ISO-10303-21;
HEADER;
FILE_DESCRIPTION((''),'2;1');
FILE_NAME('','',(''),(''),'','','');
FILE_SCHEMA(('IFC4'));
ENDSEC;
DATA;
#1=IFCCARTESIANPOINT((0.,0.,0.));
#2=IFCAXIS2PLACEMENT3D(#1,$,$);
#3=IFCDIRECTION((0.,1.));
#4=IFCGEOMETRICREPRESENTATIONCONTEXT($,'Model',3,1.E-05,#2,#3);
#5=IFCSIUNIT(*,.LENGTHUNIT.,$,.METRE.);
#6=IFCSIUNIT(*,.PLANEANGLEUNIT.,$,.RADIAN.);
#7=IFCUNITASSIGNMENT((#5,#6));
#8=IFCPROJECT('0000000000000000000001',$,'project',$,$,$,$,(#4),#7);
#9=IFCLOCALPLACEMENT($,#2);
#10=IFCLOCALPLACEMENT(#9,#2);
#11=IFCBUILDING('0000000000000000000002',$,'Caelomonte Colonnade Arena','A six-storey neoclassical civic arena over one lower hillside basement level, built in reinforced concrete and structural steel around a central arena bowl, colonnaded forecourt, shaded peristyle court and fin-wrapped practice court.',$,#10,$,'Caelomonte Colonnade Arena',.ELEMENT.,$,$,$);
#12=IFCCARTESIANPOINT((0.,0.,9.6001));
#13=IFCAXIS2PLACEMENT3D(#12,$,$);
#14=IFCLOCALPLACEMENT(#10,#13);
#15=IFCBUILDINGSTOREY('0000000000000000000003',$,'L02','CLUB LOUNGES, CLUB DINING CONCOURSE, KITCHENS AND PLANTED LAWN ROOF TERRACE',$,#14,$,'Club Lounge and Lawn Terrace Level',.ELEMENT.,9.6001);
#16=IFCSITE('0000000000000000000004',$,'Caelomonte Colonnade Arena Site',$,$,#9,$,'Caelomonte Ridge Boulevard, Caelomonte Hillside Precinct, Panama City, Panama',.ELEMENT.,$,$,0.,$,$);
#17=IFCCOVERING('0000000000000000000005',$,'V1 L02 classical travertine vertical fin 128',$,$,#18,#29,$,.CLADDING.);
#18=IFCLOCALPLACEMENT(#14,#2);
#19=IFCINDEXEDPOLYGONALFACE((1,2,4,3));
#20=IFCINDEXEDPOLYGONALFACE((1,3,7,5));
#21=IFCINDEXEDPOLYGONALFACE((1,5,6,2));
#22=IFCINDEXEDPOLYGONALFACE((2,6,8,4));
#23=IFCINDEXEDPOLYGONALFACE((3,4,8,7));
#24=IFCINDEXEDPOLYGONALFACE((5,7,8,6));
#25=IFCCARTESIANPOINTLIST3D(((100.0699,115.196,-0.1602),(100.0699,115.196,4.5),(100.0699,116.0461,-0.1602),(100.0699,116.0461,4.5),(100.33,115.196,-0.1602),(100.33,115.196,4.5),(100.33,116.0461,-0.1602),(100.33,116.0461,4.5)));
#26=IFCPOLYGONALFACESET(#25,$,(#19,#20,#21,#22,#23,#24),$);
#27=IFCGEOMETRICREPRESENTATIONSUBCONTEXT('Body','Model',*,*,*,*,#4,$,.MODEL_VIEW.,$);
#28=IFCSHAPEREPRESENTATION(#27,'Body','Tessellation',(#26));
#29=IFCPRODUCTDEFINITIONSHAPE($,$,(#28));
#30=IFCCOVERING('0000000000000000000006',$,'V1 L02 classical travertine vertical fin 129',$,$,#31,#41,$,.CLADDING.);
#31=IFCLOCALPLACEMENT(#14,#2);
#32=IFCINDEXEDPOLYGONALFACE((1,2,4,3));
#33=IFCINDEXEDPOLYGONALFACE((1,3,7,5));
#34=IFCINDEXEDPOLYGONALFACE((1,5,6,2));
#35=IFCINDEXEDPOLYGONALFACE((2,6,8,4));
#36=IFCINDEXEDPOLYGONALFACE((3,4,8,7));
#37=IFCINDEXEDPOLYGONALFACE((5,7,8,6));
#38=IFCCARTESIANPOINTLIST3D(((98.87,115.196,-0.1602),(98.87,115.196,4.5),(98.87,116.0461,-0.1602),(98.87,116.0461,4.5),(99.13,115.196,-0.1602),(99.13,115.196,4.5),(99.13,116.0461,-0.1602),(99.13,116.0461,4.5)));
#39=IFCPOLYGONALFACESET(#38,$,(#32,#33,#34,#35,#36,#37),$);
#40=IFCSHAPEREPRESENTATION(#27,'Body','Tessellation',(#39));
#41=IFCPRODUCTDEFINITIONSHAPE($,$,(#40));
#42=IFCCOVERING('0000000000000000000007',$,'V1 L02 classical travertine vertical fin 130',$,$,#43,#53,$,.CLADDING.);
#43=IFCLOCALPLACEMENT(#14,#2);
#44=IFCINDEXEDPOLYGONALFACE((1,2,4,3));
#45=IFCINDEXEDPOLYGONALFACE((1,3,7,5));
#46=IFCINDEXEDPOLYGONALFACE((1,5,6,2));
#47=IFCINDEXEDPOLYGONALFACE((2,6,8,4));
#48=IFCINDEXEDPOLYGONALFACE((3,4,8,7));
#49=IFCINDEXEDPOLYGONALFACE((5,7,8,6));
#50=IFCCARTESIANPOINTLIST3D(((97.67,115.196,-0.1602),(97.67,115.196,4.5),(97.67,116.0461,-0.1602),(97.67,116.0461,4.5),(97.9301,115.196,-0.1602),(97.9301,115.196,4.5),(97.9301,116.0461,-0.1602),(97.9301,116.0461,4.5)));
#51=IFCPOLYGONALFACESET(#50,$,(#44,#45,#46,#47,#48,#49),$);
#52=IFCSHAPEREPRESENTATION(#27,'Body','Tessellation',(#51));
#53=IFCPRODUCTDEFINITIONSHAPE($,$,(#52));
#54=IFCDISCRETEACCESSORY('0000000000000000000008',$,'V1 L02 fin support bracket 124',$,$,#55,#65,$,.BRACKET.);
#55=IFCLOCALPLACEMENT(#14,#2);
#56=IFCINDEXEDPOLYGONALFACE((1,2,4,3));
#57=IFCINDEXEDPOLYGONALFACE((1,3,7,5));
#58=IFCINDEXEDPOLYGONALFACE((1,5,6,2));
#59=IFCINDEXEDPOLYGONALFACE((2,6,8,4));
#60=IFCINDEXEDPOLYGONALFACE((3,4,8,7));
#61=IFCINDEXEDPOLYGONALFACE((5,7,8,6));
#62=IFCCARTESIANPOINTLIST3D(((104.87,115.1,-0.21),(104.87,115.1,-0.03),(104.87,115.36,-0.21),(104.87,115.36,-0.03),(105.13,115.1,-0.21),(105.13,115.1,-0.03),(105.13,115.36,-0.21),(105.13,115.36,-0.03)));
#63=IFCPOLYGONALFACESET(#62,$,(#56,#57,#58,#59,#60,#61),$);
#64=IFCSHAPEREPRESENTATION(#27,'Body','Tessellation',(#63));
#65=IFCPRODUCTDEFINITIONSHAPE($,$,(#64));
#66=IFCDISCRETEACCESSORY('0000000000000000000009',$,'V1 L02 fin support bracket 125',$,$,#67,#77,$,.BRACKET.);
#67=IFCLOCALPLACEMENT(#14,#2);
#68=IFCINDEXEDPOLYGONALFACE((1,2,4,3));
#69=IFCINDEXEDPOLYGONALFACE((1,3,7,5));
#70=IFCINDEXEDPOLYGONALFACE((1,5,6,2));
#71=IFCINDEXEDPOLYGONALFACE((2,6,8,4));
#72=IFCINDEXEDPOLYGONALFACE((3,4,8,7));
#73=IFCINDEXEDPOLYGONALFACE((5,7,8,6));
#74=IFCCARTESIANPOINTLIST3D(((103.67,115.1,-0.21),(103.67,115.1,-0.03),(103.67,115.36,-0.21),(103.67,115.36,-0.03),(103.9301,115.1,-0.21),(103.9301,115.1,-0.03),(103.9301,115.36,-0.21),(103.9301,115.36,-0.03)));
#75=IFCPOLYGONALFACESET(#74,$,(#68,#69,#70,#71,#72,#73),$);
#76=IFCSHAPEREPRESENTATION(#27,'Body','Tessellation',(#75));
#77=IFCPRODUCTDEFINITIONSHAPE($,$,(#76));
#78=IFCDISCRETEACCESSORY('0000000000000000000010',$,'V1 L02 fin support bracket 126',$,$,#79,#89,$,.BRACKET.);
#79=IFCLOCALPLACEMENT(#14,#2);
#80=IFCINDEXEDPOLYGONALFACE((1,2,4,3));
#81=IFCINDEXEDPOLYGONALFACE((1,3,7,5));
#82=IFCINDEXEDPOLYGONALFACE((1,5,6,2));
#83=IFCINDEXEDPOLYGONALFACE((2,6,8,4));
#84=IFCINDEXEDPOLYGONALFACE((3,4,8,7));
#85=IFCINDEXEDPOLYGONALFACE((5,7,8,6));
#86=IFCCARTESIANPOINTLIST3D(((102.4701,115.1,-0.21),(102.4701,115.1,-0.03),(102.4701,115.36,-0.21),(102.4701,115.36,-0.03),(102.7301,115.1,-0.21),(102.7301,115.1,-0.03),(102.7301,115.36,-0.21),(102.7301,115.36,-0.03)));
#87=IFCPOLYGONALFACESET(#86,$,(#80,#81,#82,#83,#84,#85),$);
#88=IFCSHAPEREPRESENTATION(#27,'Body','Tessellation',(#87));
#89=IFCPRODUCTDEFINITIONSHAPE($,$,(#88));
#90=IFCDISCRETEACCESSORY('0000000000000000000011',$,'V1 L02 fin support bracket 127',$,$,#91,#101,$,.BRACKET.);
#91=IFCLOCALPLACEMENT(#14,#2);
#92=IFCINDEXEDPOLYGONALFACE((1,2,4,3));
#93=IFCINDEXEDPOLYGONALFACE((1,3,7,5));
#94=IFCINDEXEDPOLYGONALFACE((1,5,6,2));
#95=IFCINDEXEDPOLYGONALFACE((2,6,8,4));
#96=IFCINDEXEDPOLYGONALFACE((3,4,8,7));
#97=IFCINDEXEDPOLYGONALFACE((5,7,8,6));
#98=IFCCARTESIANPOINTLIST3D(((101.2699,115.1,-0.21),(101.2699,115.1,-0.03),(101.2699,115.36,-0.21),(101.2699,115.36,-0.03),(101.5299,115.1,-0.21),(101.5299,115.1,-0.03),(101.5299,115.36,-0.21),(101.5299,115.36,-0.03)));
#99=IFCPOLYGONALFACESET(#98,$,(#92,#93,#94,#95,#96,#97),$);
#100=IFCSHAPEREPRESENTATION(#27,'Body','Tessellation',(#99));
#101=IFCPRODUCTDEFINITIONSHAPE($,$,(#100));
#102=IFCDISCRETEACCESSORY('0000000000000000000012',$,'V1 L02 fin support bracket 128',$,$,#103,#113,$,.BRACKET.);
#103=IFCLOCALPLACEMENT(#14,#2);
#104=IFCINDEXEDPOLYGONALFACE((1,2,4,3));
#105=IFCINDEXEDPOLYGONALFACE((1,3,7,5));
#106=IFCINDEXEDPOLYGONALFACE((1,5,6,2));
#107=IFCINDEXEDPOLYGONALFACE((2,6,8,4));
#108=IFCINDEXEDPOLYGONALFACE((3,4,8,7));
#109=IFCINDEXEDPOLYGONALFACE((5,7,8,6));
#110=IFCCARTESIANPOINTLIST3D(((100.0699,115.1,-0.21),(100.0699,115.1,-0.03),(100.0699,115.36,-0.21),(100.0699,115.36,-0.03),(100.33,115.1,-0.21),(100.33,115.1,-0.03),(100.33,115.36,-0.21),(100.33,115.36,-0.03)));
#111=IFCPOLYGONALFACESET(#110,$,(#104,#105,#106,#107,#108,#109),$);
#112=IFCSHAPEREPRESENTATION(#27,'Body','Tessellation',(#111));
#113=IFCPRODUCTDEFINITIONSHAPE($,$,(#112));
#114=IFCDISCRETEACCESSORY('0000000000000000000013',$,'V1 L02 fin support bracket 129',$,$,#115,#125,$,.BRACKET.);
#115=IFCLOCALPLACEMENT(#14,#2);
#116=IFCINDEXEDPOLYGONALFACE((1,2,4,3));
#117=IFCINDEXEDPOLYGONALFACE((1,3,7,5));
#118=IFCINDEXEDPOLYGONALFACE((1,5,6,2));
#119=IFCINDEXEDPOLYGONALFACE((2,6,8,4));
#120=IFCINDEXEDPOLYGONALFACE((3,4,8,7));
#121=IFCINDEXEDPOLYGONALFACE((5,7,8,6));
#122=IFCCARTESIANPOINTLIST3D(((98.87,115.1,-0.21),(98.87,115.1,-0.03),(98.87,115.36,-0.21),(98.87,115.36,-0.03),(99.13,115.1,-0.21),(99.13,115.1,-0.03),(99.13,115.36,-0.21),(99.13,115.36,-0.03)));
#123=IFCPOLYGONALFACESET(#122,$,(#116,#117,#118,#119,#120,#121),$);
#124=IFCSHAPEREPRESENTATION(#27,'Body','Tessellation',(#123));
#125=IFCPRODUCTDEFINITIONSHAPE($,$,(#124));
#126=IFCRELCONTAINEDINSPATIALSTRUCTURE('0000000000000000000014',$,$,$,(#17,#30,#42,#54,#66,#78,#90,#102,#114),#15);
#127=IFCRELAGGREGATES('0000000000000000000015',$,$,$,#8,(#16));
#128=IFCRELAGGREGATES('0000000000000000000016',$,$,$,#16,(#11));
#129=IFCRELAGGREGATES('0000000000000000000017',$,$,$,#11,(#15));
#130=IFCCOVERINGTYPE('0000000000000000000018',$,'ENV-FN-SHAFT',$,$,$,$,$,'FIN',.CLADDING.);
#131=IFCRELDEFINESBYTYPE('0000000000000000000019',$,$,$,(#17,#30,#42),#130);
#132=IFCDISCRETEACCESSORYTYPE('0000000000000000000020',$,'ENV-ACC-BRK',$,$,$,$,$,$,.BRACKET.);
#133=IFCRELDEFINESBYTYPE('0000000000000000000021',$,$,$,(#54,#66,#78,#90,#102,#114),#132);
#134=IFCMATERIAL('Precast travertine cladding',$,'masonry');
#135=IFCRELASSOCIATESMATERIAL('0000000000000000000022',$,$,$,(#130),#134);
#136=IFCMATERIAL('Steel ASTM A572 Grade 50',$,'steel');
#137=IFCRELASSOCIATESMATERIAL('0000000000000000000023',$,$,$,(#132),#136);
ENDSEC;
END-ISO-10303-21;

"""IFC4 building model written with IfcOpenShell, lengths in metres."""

from ifc_helpers import new_model, si_unit, direction, frame, origin, origin_2d, place, context, subcontext, project, spatial, rectangle, extrude, material, material_profile, profile_set, type_object, element, save


model = new_model("IFC4")

# Units and contexts
model_context = context("Model", 3, precision=1e-05, world=origin(), true_north=direction((0.0, 1.0)))
body_context = subcontext(model_context, "Body", "Model", "MODEL_VIEW")
ifc_project = project(units=[si_unit("LENGTHUNIT", "METRE"), si_unit("PLANEANGLEUNIT", "RADIAN")], contexts=[model_context])

# Site, building, storey
site_placement = place(None, origin())
site = spatial("IfcSite", under=ifc_project, at=site_placement, Name="Caelomonte Colonnade Arena Site", LongName="Caelomonte Ridge Boulevard, Caelomonte Hillside Precinct, Panama City, Panama", CompositionType="ELEMENT", RefElevation=0.0)
building_placement = place(site_placement, origin())
building = spatial("IfcBuilding", under=site, at=building_placement, Name="Caelomonte Colonnade Arena", Description="A six-storey neoclassical civic arena over one lower hillside basement level, built in reinforced concrete and structural steel around a central arena bowl, colonnaded forecourt, shaded peristyle court and fin-wrapped practice court.", LongName="Caelomonte Colonnade Arena", CompositionType="ELEMENT")
storey_placement = place(building_placement, frame((0.0, 0.0, 9.6001)))
storey = spatial("IfcBuildingStorey", under=building, at=storey_placement, Name="L02", Description="CLUB LOUNGES, CLUB DINING CONCOURSE, KITCHENS AND PLANTED LAWN ROOF TERRACE", LongName="Club Lounge and Lawn Terrace Level", CompositionType="ELEMENT", Elevation=9.6001)

# Coverings
ifc_material_1 = material(Name="Precast travertine cladding", Category="masonry")
ifc_material_profile_1 = material_profile(ifc_material_1, rectangle(XDim=0.26, YDim=0.8501, at=origin_2d()), Name="FIN260X850")
ifc_profile_set_1 = profile_set([ifc_material_profile_1], Name="Precast travertine cladding")
covering_type = type_object("IfcCoveringType", Name="ENV-FN-SHAFT", ElementType="FIN", PredefinedType="CLADDING", material=ifc_profile_set_1)
for number, where, z_axis, x_axis, name in (
    (1, (100.2, 115.6211, -0.1602), (0.0, 0.0, 1.0), (1.0, 0.0, 0.0), "V1 L02 classical travertine vertical fin 128"),
    (2, (99.0, 115.6211, -0.1602), (0.0, 0.0, 1.0), (1.0, 0.0, 0.0), "V1 L02 classical travertine vertical fin 129"),
    (3, (97.8, 115.6211, -0.1602), (0.0, 0.0, 1.0), (1.0, 0.0, 0.0), "V1 L02 classical travertine vertical fin 130"),
):
    element("IfcCovering", number, at=place(storey_placement, frame(where, z_axis=z_axis, x_axis=x_axis)), inside=storey, type_object=covering_type, Name=name, PredefinedType="CLADDING", context=body_context, shape_type="SweptSolid", body=[
        extrude(rectangle(XDim=0.26, YDim=0.8501, at=origin_2d()), origin(), (0.0, 0.0, 1.0), 4.6602),
    ])

# Discrete accessories
ifc_material_2 = material(Name="Steel ASTM A572 Grade 50", Category="steel")
discrete_accessory_type = type_object("IfcDiscreteAccessoryType", Name="ENV-ACC-BRK", PredefinedType="BRACKET", material=ifc_material_2)
for number, where, z_axis, x_axis, name in (
    (4, (105.0, 115.23, -0.21), (0.0, 0.0, 1.0), (-1.0, 0.0, 0.0), "V1 L02 fin support bracket 124"),
    (5, (103.8, 115.23, -0.21), (0.0, 0.0, 1.0), (-1.0, 0.0, 0.0), "V1 L02 fin support bracket 125"),
    (6, (102.6001, 115.23, -0.21), (0.0, 0.0, 1.0), (-1.0, 0.0, 0.0), "V1 L02 fin support bracket 126"),
    (7, (101.3999, 115.23, -0.21), (0.0, 0.0, 1.0), (-1.0, 0.0, 0.0), "V1 L02 fin support bracket 127"),
    (8, (100.2, 115.23, -0.21), (0.0, 0.0, 1.0), (-1.0, 0.0, 0.0), "V1 L02 fin support bracket 128"),
    (9, (99.0, 115.23, -0.21), (0.0, 0.0, 1.0), (-1.0, 0.0, 0.0), "V1 L02 fin support bracket 129"),
):
    element("IfcDiscreteAccessory", number, at=place(storey_placement, frame(where, z_axis=z_axis, x_axis=x_axis)), inside=storey, type_object=discrete_accessory_type, Name=name, PredefinedType="BRACKET", context=body_context, shape_type="SweptSolid", body=[
        extrude(rectangle(XDim=0.26, YDim=0.26, at=origin_2d()), origin(), (0.0, 0.0, 1.0), 0.1799),
    ])

save(model, "model.ifc")
